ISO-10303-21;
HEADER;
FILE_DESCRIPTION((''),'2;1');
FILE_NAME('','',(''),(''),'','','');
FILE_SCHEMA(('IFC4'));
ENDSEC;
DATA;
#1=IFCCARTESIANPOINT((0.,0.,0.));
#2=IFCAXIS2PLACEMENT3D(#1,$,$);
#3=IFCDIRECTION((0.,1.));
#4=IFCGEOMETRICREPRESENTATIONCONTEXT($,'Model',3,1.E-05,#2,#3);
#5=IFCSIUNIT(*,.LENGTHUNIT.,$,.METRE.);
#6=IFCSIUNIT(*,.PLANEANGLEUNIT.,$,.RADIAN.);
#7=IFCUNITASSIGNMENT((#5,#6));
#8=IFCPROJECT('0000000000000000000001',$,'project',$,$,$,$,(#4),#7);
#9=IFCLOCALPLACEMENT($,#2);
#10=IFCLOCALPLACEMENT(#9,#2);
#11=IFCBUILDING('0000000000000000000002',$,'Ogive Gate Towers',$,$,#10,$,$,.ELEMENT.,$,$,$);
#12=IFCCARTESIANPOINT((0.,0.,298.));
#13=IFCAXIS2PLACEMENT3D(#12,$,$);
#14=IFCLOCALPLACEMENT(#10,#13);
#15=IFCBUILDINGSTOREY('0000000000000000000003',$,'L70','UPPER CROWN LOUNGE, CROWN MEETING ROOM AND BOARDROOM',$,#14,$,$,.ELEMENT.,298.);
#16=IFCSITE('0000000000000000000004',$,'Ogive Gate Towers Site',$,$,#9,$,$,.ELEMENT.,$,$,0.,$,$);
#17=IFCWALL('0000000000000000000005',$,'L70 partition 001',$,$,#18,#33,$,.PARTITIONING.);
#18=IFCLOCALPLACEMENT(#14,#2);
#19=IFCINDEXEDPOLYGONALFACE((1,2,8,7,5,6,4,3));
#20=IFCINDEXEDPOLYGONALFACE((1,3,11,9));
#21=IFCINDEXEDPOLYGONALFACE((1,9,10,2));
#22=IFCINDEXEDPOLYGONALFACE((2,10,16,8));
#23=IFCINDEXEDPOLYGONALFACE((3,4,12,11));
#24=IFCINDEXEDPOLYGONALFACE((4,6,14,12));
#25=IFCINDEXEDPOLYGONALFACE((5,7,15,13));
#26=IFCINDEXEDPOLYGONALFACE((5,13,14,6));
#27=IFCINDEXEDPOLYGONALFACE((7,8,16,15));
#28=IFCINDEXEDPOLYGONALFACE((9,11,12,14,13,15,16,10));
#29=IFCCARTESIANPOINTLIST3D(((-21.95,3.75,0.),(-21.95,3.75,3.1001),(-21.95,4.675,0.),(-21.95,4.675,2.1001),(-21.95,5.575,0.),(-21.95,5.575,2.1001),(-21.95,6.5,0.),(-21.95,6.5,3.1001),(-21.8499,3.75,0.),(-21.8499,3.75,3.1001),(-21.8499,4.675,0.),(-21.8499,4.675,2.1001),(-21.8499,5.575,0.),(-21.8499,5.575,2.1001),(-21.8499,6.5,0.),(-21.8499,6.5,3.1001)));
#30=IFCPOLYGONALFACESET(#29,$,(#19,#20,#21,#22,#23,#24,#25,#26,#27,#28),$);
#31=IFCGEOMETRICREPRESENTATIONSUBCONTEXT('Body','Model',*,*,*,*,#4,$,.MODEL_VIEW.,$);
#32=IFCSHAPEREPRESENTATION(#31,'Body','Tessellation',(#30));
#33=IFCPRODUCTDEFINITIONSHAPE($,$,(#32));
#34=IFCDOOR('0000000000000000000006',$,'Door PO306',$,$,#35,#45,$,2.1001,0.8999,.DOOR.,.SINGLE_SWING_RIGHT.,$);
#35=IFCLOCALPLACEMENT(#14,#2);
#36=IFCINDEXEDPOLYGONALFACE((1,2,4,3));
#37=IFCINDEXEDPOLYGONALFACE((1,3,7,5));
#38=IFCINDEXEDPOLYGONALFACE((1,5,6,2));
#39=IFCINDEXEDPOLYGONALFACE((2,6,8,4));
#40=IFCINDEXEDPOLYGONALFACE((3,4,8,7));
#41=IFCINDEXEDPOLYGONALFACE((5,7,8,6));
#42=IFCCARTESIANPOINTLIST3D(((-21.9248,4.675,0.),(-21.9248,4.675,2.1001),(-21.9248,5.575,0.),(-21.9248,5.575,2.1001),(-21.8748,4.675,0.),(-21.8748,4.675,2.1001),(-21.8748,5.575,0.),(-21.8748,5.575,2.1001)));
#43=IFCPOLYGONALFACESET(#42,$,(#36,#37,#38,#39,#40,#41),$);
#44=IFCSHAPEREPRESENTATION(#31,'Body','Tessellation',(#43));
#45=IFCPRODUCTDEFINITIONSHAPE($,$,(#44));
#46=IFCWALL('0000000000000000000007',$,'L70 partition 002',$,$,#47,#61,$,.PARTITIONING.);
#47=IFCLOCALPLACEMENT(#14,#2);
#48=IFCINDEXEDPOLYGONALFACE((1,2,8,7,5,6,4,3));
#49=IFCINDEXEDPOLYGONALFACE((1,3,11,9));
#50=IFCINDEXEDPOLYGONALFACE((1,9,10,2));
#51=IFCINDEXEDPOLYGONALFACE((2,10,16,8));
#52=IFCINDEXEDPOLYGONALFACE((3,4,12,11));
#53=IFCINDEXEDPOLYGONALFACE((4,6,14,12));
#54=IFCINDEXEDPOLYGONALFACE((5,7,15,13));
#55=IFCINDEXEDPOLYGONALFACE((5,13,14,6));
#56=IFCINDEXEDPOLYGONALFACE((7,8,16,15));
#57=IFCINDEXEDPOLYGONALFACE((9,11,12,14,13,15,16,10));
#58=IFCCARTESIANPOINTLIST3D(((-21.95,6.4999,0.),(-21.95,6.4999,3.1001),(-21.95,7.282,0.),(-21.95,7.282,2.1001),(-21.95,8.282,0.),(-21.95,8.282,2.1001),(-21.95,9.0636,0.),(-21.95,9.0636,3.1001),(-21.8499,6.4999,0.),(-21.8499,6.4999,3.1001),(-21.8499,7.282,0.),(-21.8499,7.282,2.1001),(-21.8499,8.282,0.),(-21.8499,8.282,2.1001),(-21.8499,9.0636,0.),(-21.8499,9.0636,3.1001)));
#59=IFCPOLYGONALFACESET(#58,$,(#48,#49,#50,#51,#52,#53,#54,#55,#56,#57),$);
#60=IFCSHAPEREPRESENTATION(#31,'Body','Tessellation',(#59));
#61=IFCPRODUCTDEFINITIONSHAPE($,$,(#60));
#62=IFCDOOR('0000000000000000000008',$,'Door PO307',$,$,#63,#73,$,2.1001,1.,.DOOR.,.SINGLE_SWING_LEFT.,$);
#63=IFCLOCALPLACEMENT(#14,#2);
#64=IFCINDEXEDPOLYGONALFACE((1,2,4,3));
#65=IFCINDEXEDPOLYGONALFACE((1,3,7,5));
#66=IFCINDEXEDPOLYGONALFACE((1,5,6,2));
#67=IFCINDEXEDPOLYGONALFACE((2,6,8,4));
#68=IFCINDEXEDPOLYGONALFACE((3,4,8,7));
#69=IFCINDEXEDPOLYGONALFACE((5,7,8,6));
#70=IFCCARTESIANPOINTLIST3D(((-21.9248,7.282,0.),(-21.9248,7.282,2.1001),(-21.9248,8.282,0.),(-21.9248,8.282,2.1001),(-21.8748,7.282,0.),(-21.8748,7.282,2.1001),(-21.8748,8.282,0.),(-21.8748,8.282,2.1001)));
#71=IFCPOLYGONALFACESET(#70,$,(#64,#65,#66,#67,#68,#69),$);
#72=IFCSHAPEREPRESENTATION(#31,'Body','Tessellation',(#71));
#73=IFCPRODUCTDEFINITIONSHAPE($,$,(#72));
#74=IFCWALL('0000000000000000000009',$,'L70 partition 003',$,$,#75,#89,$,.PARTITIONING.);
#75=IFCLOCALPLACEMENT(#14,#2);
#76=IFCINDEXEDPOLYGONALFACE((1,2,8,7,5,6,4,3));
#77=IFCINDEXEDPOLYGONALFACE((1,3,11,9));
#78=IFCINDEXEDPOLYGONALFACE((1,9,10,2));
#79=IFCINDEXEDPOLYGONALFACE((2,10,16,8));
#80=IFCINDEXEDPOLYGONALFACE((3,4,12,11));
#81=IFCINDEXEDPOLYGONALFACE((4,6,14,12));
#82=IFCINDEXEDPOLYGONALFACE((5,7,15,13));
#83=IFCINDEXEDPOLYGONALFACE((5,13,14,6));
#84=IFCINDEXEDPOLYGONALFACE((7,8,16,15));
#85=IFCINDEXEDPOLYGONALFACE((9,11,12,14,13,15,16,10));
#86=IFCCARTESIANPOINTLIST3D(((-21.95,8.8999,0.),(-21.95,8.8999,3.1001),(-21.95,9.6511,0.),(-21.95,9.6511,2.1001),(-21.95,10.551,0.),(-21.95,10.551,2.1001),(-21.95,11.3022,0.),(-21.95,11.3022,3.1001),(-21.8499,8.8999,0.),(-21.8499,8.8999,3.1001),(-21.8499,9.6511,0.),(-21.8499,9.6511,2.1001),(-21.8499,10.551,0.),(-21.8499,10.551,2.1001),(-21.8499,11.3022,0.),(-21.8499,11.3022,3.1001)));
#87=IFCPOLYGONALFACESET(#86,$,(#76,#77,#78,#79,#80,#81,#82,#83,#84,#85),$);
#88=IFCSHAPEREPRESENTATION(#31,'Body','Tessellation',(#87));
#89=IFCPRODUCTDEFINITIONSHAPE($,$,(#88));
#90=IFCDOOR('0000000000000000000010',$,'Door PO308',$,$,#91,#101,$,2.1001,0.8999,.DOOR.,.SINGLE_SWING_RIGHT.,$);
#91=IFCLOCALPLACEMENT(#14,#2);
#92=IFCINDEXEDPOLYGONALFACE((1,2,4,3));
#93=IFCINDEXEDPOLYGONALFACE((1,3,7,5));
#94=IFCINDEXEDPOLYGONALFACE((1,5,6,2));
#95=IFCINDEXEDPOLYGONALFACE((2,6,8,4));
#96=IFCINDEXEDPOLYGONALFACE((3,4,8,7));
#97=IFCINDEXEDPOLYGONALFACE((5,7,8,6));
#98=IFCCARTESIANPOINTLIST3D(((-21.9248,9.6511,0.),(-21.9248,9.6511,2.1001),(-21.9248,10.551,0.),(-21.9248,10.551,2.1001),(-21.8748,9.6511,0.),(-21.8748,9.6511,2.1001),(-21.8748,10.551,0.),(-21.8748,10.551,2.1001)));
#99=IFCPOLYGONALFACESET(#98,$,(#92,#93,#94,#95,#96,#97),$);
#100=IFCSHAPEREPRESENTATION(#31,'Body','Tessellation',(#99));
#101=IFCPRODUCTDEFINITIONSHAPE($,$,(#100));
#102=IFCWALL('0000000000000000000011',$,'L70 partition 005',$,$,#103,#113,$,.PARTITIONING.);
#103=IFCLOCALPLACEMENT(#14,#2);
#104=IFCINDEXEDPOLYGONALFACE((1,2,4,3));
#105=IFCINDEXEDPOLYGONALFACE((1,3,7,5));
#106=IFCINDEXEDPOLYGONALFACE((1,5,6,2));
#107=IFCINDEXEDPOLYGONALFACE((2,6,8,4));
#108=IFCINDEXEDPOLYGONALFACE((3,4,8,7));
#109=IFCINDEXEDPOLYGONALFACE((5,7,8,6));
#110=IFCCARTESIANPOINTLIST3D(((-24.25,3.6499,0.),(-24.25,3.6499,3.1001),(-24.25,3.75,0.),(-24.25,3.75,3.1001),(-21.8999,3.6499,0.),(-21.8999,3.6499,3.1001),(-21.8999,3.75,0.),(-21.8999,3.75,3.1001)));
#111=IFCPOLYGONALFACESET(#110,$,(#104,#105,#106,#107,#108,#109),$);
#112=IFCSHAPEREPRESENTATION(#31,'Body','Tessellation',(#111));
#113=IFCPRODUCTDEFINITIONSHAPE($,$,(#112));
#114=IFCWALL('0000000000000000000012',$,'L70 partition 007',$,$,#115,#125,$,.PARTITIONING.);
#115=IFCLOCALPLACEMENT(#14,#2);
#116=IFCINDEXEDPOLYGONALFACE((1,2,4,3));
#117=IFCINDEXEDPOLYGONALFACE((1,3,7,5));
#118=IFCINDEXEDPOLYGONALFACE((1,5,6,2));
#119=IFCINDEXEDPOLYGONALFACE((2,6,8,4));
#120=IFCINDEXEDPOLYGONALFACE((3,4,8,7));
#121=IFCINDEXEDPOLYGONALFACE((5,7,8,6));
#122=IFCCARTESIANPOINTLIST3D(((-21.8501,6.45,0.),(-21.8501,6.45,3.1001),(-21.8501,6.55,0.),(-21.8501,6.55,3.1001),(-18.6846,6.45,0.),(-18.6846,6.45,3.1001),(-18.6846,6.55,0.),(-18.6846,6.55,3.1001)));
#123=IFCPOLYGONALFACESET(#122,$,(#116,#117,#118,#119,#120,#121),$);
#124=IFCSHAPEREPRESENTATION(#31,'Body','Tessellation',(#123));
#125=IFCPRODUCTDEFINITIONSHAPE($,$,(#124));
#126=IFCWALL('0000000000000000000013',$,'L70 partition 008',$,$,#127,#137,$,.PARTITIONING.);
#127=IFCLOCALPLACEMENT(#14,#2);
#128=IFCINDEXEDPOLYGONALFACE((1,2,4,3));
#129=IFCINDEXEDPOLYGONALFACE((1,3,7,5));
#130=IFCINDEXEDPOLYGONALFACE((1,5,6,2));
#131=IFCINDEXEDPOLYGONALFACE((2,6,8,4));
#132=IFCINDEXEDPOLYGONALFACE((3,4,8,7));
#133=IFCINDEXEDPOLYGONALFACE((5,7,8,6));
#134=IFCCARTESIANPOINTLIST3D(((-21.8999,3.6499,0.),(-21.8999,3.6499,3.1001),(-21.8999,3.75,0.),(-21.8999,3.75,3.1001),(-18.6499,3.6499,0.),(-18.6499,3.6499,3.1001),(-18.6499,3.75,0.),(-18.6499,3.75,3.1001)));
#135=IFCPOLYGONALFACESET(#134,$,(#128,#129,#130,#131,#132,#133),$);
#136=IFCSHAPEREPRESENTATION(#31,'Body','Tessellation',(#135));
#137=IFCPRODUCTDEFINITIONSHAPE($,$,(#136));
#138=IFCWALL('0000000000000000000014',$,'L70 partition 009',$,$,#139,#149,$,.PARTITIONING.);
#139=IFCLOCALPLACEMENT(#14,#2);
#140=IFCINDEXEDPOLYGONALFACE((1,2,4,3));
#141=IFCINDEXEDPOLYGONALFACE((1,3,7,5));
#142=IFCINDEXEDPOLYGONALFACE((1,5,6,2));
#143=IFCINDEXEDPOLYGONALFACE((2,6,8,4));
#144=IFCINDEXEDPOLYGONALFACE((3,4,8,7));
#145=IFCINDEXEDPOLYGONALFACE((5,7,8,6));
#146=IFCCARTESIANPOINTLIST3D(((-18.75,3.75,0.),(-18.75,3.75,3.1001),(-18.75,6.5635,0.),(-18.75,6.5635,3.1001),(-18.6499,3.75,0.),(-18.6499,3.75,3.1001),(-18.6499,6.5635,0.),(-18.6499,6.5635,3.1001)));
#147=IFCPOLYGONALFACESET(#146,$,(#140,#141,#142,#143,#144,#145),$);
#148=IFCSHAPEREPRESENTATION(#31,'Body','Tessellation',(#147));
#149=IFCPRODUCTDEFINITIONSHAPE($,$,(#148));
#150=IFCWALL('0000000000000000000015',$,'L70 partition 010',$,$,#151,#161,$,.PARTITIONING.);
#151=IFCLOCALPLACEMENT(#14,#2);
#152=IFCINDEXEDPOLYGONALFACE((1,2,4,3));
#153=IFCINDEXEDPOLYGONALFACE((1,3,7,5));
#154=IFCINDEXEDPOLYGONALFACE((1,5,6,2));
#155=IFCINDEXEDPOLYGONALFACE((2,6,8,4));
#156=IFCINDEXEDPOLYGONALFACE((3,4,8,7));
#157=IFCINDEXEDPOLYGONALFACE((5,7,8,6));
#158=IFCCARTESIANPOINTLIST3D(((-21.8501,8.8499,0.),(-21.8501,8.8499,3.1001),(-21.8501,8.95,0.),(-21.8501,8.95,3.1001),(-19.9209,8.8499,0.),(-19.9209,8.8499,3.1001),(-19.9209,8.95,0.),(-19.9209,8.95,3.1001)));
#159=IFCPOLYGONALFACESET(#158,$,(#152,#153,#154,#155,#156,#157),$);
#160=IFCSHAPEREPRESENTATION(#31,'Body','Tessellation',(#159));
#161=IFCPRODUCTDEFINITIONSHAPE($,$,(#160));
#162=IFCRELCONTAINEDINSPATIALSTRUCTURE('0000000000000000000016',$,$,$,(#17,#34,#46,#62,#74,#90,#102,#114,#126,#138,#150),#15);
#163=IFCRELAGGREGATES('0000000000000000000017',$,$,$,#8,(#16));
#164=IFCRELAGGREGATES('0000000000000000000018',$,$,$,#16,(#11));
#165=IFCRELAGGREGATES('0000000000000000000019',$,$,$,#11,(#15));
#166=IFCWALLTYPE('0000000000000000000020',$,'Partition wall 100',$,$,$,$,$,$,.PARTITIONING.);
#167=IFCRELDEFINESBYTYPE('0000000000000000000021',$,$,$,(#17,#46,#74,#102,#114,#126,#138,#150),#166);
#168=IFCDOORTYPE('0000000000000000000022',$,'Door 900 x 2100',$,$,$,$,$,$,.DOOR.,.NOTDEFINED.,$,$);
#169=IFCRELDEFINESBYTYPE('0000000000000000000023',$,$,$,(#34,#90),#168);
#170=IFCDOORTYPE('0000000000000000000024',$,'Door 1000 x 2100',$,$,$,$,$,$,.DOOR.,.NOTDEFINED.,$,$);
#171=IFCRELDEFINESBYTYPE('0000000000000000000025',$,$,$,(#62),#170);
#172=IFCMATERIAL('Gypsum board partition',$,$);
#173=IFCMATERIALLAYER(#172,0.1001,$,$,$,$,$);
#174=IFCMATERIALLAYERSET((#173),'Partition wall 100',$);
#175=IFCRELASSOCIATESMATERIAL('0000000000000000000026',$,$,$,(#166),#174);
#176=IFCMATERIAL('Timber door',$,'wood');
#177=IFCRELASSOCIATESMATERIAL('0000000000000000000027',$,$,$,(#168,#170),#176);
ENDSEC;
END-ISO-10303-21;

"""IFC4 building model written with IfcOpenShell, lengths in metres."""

from ifc_helpers import new_model, si_unit, direction, frame, frame_2d, origin, place, context, subcontext, project, spatial, rectangle, extrude, material, layer, layer_set, type_object, element, fill, save


model = new_model("IFC4")

# Units and contexts
model_context = context("Model", 3, precision=1e-05, world=origin(), true_north=direction((0.0, 1.0)))
body_context = subcontext(model_context, "Body", "Model", "MODEL_VIEW")
ifc_project = project(units=[si_unit("LENGTHUNIT", "METRE"), si_unit("PLANEANGLEUNIT", "RADIAN")], contexts=[model_context])

# Site, building, storey
site_placement = place(None, origin())
site = spatial("IfcSite", under=ifc_project, at=site_placement, Name="Ogive Gate Towers Site", CompositionType="ELEMENT", RefElevation=0.0)
building_placement = place(site_placement, origin())
building = spatial("IfcBuilding", under=site, at=building_placement, Name="Ogive Gate Towers", CompositionType="ELEMENT")
storey_placement = place(building_placement, frame((0.0, 0.0, 298.0)))
storey = spatial("IfcBuildingStorey", under=building, at=storey_placement, Name="L70", Description="UPPER CROWN LOUNGE, CROWN MEETING ROOM AND BOARDROOM", CompositionType="ELEMENT", Elevation=298.0)

# Walls, openings, doors
ifc_material_1 = material(Name="Gypsum board partition")
ifc_layer_1 = layer(ifc_material_1, 0.1001)
ifc_layer_set_1 = layer_set([ifc_layer_1], Name="Partition wall 100")
wall_type = type_object("IfcWallType", Name="Partition wall 100", PredefinedType="PARTITIONING", material=ifc_layer_set_1)
wall_1_placement = place(storey_placement, frame((-21.8999, 3.75, 0.0), z_axis=(0.0, 0.0, 1.0), x_axis=(0.0, 1.0, 0.0)))
wall_1 = element("IfcWall", 1, at=wall_1_placement, inside=storey, type_object=wall_type, Name="L70 partition 001", PredefinedType="PARTITIONING", context=body_context, shape_type="SweptSolid", body=[
    extrude(rectangle(XDim=2.75, YDim=0.1001, at=frame_2d((1.375, 0.0))), origin(), (0.0, 0.0, 1.0), 3.1001),
])
opening_1_placement = place(wall_1_placement, frame((0.925, 0.0, 0.0)))
opening_1 = element("IfcOpeningElement", 2, at=opening_1_placement, cuts=wall_1, PredefinedType="OPENING", context=body_context, shape_type="SweptSolid", body=[
    extrude(rectangle(XDim=0.8999, YDim=2.1001, at=frame_2d((0.45, 1.05))), frame((0.0, 0.0601, 0.0), z_axis=(0.0, -1.0, 0.0), x_axis=(1.0, 0.0, 0.0)), (0.0, 0.0, 1.0), 0.1201),
])
ifc_material_2 = material(Name="Timber door", Category="wood")
door_type_1 = type_object("IfcDoorType", Name="Door 900 x 2100", OperationType="NOTDEFINED", PredefinedType="DOOR", material=ifc_material_2)
door_1_placement = place(opening_1_placement, origin())
door_1 = element("IfcDoor", 3, at=door_1_placement, inside=storey, type_object=door_type_1, Name="Door PO306", OperationType="SINGLE_SWING_RIGHT", OverallHeight=2.1001, OverallWidth=0.8999, PredefinedType="DOOR", context=body_context, shape_type="SweptSolid", body=[
    extrude(rectangle(XDim=0.8999, YDim=2.1001, at=frame_2d((0.45, 1.05))), frame((0.0, 0.0249, 0.0), z_axis=(0.0, -1.0, 0.0), x_axis=(1.0, 0.0, 0.0)), (0.0, 0.0, 1.0), 0.05),
])
fill(opening_1, door_1)
wall_2_placement = place(storey_placement, frame((-21.8999, 6.5, 0.0), z_axis=(0.0, 0.0, 1.0), x_axis=(0.0, 1.0, 0.0)))
wall_2 = element("IfcWall", 4, at=wall_2_placement, inside=storey, type_object=wall_type, Name="L70 partition 002", PredefinedType="PARTITIONING", context=body_context, shape_type="SweptSolid", body=[
    extrude(rectangle(XDim=2.5637, YDim=0.1001, at=frame_2d((1.2817, 0.0))), origin(), (0.0, 0.0, 1.0), 3.1001),
])
opening_2_placement = place(wall_2_placement, frame((0.782, 0.0, 0.0)))
opening_2 = element("IfcOpeningElement", 5, at=opening_2_placement, cuts=wall_2, PredefinedType="OPENING", context=body_context, shape_type="SweptSolid", body=[
    extrude(rectangle(XDim=1.0, YDim=2.1001, at=frame_2d((0.5, 1.05))), frame((0.0, 0.0601, 0.0), z_axis=(0.0, -1.0, 0.0), x_axis=(1.0, 0.0, 0.0)), (0.0, 0.0, 1.0), 0.1201),
])
door_type_2 = type_object("IfcDoorType", Name="Door 1000 x 2100", OperationType="NOTDEFINED", PredefinedType="DOOR", material=ifc_material_2)
door_2_placement = place(opening_2_placement, origin())
door_2 = element("IfcDoor", 6, at=door_2_placement, inside=storey, type_object=door_type_2, Name="Door PO307", OperationType="SINGLE_SWING_LEFT", OverallHeight=2.1001, OverallWidth=1.0, PredefinedType="DOOR", context=body_context, shape_type="SweptSolid", body=[
    extrude(rectangle(XDim=1.0, YDim=2.1001, at=frame_2d((0.5, 1.05))), frame((0.0, 0.0249, 0.0), z_axis=(0.0, -1.0, 0.0), x_axis=(1.0, 0.0, 0.0)), (0.0, 0.0, 1.0), 0.05),
])
fill(opening_2, door_2)
wall_3_placement = place(storey_placement, frame((-21.8999, 8.8999, 0.0), z_axis=(0.0, 0.0, 1.0), x_axis=(0.0, 1.0, 0.0)))
wall_3 = element("IfcWall", 7, at=wall_3_placement, inside=storey, type_object=wall_type, Name="L70 partition 003", PredefinedType="PARTITIONING", context=body_context, shape_type="SweptSolid", body=[
    extrude(rectangle(XDim=2.4023, YDim=0.1001, at=frame_2d((1.2012, 0.0))), origin(), (0.0, 0.0, 1.0), 3.1001),
])
opening_3_placement = place(wall_3_placement, frame((0.7512, 0.0, 0.0)))
opening_3 = element("IfcOpeningElement", 8, at=opening_3_placement, cuts=wall_3, PredefinedType="OPENING", context=body_context, shape_type="SweptSolid", body=[
    extrude(rectangle(XDim=0.8999, YDim=2.1001, at=frame_2d((0.45, 1.05))), frame((0.0, 0.0601, 0.0), z_axis=(0.0, -1.0, 0.0), x_axis=(1.0, 0.0, 0.0)), (0.0, 0.0, 1.0), 0.1201),
])
door_3_placement = place(opening_3_placement, origin())
door_3 = element("IfcDoor", 9, at=door_3_placement, inside=storey, type_object=door_type_1, Name="Door PO308", OperationType="SINGLE_SWING_RIGHT", OverallHeight=2.1001, OverallWidth=0.8999, PredefinedType="DOOR", context=body_context, shape_type="SweptSolid", body=[
    extrude(rectangle(XDim=0.8999, YDim=2.1001, at=frame_2d((0.45, 1.05))), frame((0.0, 0.0249, 0.0), z_axis=(0.0, -1.0, 0.0), x_axis=(1.0, 0.0, 0.0)), (0.0, 0.0, 1.0), 0.05),
])
fill(opening_3, door_3)

# Walls
wall_4_placement = place(storey_placement, frame((-24.25, 3.7, 0.0), z_axis=(0.0, 0.0, 1.0), x_axis=(1.0, 0.0, 0.0)))
element("IfcWall", 10, at=wall_4_placement, inside=storey, type_object=wall_type, Name="L70 partition 005", PredefinedType="PARTITIONING", context=body_context, shape_type="SweptSolid", body=[
    extrude(rectangle(XDim=2.3501, YDim=0.1001, at=frame_2d((1.175, 0.0))), origin(), (0.0, 0.0, 1.0), 3.1001),
])
wall_5_placement = place(storey_placement, frame((-21.8501, 6.5, 0.0), z_axis=(0.0, 0.0, 1.0), x_axis=(1.0, 0.0, 0.0)))
element("IfcWall", 11, at=wall_5_placement, inside=storey, type_object=wall_type, Name="L70 partition 007", PredefinedType="PARTITIONING", context=body_context, shape_type="SweptSolid", body=[
    extrude(rectangle(XDim=3.1655, YDim=0.1001, at=frame_2d((1.5828, 0.0))), origin(), (0.0, 0.0, 1.0), 3.1001),
])
wall_6_placement = place(storey_placement, frame((-21.8999, 3.7, 0.0), z_axis=(0.0, 0.0, 1.0), x_axis=(1.0, 0.0, 0.0)))
element("IfcWall", 12, at=wall_6_placement, inside=storey, type_object=wall_type, Name="L70 partition 008", PredefinedType="PARTITIONING", context=body_context, shape_type="SweptSolid", body=[
    extrude(rectangle(XDim=3.25, YDim=0.1001, at=frame_2d((1.625, 0.0))), origin(), (0.0, 0.0, 1.0), 3.1001),
])
wall_7_placement = place(storey_placement, frame((-18.7, 3.75, 0.0), z_axis=(0.0, 0.0, 1.0), x_axis=(0.0, 1.0, 0.0)))
element("IfcWall", 13, at=wall_7_placement, inside=storey, type_object=wall_type, Name="L70 partition 009", PredefinedType="PARTITIONING", context=body_context, shape_type="SweptSolid", body=[
    extrude(rectangle(XDim=2.8135, YDim=0.1001, at=frame_2d((1.4067, 0.0))), origin(), (0.0, 0.0, 1.0), 3.1001),
])
wall_8_placement = place(storey_placement, frame((-21.8501, 8.8999, 0.0), z_axis=(0.0, 0.0, 1.0), x_axis=(1.0, 0.0, 0.0)))
element("IfcWall", 14, at=wall_8_placement, inside=storey, type_object=wall_type, Name="L70 partition 010", PredefinedType="PARTITIONING", context=body_context, shape_type="SweptSolid", body=[
    extrude(rectangle(XDim=1.9292, YDim=0.1001, at=frame_2d((0.9646, 0.0))), origin(), (0.0, 0.0, 1.0), 3.1001),
])

save(model, "model.ifc")
